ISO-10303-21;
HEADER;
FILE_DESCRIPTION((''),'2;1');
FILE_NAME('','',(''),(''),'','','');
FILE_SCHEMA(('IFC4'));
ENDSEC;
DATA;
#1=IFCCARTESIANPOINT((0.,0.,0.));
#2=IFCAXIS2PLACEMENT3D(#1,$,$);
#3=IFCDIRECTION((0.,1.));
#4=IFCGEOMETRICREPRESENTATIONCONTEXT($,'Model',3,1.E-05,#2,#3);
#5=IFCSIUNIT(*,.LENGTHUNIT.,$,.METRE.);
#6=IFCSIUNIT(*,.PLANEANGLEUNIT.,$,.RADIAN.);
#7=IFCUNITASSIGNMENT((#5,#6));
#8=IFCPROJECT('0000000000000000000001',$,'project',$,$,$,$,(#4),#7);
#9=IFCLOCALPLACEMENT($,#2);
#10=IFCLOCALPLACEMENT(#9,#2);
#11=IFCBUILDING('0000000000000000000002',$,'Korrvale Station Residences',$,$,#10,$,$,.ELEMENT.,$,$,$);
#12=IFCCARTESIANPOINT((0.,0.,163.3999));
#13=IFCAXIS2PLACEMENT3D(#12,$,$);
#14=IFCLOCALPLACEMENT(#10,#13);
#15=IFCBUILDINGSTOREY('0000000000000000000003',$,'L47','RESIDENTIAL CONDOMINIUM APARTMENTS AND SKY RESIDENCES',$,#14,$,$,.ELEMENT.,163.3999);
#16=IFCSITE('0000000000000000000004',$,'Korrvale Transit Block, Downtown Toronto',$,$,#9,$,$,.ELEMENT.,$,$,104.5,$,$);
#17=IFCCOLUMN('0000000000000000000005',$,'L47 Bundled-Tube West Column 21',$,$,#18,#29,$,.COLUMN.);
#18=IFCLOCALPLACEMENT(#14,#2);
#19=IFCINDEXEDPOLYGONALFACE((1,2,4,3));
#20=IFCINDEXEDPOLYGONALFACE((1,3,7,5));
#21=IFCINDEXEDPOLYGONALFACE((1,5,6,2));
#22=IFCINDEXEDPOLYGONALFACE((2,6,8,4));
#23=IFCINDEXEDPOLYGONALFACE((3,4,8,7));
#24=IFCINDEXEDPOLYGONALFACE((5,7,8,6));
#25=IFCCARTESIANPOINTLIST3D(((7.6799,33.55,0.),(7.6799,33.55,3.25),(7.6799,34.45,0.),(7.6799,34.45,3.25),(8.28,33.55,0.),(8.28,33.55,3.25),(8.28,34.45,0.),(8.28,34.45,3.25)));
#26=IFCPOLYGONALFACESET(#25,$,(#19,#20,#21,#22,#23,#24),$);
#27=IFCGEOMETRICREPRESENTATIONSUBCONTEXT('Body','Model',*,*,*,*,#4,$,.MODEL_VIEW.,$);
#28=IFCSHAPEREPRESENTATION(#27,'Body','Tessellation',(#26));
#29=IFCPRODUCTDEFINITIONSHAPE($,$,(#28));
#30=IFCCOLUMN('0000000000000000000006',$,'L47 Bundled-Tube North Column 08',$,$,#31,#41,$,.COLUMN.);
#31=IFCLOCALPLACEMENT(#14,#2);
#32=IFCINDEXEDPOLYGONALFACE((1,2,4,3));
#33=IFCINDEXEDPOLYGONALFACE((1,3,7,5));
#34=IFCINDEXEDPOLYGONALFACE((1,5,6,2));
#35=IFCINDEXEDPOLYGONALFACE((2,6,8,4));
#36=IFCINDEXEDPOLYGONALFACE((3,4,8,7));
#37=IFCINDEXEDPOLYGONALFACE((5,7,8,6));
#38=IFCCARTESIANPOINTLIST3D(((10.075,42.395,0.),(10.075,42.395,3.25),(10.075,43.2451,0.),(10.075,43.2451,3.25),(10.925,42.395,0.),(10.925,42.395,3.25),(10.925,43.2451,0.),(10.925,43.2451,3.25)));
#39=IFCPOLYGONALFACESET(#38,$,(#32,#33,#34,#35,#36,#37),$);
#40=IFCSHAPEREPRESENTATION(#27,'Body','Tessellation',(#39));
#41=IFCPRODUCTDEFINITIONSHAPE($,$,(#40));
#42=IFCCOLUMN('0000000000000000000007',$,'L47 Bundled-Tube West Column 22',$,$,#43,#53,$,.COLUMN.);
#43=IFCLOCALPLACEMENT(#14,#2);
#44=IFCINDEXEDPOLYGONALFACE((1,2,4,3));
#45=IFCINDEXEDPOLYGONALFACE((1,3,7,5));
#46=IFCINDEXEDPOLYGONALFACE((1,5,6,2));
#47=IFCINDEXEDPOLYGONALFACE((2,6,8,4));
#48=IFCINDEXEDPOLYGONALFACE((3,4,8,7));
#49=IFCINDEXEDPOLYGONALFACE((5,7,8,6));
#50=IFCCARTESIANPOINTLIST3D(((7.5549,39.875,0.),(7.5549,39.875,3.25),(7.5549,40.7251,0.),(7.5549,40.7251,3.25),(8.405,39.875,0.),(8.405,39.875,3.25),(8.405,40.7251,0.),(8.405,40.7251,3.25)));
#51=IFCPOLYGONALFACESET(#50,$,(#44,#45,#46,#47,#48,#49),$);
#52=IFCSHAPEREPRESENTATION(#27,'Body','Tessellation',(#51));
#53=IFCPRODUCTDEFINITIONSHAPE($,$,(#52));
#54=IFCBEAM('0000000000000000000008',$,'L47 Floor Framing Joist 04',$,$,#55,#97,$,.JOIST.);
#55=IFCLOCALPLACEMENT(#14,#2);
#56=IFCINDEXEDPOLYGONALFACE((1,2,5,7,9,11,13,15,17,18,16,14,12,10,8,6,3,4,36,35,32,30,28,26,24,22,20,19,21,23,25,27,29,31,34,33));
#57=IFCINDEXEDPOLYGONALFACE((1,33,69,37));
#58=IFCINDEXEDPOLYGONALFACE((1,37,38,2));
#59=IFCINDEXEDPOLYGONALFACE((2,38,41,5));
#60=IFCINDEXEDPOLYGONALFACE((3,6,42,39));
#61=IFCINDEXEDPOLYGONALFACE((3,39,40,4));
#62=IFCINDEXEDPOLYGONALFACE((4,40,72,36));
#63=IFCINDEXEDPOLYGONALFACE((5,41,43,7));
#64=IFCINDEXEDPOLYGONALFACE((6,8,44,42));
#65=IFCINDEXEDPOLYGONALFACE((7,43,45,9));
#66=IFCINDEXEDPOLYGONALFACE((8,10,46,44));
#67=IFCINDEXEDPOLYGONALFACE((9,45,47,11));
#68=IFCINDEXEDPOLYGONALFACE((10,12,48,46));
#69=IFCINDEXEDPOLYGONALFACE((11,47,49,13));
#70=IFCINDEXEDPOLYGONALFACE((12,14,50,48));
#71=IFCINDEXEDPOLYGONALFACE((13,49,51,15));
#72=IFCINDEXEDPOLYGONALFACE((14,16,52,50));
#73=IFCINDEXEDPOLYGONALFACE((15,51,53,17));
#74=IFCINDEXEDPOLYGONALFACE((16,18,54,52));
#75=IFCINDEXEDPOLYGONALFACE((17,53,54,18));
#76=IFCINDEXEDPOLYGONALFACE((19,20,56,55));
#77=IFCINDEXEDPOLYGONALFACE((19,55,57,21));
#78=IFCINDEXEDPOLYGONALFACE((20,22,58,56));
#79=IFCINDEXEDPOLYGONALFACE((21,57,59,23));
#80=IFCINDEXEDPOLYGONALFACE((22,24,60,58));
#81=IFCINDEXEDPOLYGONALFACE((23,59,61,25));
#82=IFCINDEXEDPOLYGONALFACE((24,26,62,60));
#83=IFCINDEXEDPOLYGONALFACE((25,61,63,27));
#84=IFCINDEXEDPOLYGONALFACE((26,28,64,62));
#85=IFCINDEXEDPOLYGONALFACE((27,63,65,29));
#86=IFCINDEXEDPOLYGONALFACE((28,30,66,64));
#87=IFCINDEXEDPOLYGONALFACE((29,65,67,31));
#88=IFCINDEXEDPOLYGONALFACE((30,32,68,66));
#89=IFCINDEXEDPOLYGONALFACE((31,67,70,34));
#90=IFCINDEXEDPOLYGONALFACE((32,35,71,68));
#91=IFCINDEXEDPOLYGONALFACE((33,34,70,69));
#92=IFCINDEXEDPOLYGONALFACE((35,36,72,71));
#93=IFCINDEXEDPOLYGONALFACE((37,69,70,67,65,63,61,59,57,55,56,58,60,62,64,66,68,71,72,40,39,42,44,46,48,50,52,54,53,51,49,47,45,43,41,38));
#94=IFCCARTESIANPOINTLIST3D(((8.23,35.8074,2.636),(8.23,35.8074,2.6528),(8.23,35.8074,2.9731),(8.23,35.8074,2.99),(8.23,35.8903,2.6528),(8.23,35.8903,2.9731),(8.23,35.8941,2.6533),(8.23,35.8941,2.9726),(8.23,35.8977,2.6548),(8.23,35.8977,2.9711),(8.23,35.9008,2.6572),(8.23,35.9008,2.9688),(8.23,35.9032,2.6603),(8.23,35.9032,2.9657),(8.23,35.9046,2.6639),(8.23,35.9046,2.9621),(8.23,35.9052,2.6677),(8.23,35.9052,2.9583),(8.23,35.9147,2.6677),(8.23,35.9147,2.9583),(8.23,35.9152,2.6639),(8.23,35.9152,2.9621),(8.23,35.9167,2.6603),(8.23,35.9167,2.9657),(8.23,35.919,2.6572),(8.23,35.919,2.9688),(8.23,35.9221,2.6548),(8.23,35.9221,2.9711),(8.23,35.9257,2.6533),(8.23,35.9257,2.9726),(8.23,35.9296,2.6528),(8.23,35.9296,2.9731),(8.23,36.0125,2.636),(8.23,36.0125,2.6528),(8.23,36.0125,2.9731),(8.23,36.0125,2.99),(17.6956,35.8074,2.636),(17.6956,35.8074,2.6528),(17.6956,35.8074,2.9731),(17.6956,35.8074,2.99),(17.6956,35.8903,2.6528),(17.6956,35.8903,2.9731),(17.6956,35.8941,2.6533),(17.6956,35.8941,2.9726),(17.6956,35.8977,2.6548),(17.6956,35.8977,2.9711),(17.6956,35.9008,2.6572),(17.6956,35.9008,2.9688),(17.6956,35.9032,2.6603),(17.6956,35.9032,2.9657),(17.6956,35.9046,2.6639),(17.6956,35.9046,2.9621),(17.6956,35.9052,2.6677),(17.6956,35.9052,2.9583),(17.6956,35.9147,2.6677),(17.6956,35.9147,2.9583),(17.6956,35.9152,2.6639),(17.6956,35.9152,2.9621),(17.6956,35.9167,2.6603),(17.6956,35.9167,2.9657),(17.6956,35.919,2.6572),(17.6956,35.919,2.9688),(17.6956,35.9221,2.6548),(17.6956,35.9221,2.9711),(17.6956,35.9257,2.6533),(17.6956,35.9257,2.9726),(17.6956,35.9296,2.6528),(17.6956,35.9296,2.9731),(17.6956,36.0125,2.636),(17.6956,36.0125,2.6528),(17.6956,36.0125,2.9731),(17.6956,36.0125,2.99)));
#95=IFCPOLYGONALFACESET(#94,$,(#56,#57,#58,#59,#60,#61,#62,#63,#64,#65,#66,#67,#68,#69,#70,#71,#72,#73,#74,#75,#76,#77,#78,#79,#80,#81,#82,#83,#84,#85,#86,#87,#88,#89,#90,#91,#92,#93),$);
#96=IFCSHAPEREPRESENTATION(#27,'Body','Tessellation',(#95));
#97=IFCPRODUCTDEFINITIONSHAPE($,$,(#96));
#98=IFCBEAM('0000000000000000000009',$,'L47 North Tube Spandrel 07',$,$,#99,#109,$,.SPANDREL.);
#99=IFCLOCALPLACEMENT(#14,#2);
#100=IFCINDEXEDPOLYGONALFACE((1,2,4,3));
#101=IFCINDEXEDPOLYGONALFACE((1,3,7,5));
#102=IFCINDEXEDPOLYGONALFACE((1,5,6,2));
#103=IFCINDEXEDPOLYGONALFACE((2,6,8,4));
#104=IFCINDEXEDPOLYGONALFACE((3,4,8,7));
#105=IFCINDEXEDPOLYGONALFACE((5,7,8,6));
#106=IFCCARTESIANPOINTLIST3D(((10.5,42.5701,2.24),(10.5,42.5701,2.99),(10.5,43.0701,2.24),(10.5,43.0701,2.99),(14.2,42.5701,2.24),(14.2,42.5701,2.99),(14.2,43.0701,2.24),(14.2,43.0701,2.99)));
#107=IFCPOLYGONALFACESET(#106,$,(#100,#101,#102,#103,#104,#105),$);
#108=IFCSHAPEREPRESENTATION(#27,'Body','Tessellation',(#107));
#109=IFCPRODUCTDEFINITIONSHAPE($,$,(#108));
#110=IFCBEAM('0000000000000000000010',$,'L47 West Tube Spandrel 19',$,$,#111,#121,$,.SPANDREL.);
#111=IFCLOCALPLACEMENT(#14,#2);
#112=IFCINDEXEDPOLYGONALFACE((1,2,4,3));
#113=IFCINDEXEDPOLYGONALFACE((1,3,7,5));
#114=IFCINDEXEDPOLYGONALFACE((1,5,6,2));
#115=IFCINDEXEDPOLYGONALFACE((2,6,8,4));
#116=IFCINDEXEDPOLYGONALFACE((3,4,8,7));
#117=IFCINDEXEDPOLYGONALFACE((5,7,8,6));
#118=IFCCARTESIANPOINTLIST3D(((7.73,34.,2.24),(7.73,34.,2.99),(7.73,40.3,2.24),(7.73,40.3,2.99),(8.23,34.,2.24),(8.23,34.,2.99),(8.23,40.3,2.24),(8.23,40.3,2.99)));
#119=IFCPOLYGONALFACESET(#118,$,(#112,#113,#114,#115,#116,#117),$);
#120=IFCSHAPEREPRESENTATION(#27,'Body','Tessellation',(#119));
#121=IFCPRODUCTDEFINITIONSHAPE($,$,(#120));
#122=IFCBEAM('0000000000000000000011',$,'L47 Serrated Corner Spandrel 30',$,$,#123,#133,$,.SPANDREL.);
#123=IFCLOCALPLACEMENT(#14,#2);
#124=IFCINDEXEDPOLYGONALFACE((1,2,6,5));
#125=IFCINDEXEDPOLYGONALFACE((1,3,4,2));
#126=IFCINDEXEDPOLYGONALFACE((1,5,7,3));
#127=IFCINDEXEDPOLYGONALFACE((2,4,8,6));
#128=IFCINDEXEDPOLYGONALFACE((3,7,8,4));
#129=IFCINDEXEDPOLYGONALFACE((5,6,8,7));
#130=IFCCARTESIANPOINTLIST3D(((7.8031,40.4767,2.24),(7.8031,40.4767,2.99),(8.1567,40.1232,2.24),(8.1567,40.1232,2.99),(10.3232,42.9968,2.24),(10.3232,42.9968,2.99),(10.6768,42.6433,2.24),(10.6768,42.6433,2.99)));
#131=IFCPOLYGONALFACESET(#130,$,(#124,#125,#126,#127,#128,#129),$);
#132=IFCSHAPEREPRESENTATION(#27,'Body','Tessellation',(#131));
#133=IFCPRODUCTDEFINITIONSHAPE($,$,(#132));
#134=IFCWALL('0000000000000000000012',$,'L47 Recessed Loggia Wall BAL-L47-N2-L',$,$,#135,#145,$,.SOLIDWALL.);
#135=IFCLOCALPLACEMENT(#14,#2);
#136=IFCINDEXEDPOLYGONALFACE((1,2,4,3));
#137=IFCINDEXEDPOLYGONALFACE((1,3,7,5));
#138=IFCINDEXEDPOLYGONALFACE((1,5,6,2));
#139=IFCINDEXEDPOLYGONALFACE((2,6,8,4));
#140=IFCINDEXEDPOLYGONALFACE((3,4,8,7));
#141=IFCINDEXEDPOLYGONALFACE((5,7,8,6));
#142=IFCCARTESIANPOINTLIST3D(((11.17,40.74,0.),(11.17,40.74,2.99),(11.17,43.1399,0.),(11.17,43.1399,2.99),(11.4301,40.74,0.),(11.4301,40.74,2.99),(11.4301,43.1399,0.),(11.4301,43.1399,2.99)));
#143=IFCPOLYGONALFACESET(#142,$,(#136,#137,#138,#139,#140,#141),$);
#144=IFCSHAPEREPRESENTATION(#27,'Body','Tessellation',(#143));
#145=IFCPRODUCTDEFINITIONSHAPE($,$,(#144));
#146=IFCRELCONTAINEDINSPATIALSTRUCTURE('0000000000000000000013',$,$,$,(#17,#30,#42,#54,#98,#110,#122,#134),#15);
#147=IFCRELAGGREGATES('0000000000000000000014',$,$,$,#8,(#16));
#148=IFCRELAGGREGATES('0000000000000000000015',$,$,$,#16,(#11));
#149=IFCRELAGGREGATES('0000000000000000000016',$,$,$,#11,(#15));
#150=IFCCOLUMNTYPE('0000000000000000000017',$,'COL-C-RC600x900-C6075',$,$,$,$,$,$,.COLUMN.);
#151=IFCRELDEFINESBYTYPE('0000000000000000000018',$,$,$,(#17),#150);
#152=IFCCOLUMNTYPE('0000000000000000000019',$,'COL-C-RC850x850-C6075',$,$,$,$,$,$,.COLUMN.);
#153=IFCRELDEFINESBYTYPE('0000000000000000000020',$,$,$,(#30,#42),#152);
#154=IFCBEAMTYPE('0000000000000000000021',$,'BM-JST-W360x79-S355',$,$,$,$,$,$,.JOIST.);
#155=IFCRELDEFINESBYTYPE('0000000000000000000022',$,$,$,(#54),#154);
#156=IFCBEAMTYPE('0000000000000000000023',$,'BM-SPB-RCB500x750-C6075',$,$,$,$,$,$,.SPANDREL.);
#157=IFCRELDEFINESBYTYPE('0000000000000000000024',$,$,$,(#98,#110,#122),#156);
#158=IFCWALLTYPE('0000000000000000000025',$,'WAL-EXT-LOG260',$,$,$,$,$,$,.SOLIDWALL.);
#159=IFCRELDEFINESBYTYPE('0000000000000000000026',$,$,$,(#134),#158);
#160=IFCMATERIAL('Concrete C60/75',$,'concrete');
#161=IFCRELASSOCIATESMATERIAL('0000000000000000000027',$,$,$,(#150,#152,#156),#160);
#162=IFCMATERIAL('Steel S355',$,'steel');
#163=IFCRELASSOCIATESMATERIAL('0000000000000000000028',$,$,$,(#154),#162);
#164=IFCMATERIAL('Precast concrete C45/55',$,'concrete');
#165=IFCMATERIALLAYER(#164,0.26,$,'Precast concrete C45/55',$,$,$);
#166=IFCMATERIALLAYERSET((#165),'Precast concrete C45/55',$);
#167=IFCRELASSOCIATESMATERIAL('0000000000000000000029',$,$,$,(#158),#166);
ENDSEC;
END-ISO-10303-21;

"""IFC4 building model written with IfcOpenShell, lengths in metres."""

from ifc_helpers import new_model, si_unit, direction, frame, frame_2d, origin, origin_2d, place, context, subcontext, project, spatial, rectangle, i_section, extrude, material, layer, layer_set, material_profile, profile_set, type_object, element, save


model = new_model("IFC4")

# Units and contexts
model_context = context("Model", 3, precision=1e-05, world=origin(), true_north=direction((0.0, 1.0)))
body_context = subcontext(model_context, "Body", "Model", "MODEL_VIEW")
ifc_project = project(units=[si_unit("LENGTHUNIT", "METRE"), si_unit("PLANEANGLEUNIT", "RADIAN")], contexts=[model_context])

# Site, building, storey
site_placement = place(None, origin())
site = spatial("IfcSite", under=ifc_project, at=site_placement, Name="Korrvale Transit Block, Downtown Toronto", CompositionType="ELEMENT", RefElevation=104.5)
building_placement = place(site_placement, origin())
building = spatial("IfcBuilding", under=site, at=building_placement, Name="Korrvale Station Residences", CompositionType="ELEMENT")
storey_placement = place(building_placement, frame((0.0, 0.0, 163.3999)))
storey = spatial("IfcBuildingStorey", under=building, at=storey_placement, Name="L47", Description="RESIDENTIAL CONDOMINIUM APARTMENTS AND SKY RESIDENCES", CompositionType="ELEMENT", Elevation=163.3999)

# Columns
ifc_material_1 = material(Name="Concrete C60/75", Category="concrete")
ifc_material_profile_1 = material_profile(ifc_material_1, rectangle(XDim=0.6001, YDim=0.8999, at=origin_2d()), Name="RC600x900")
ifc_profile_set_1 = profile_set([ifc_material_profile_1], Name="Concrete C60/75")
column_type_1 = type_object("IfcColumnType", Name="COL-C-RC600x900-C6075", PredefinedType="COLUMN", material=ifc_profile_set_1)
column_placement = place(storey_placement, frame((7.98, 34.0, 0.0), z_axis=(0.0, 0.0, 1.0), x_axis=(1.0, 0.0, 0.0)))
element("IfcColumn", 1, at=column_placement, inside=storey, type_object=column_type_1, Name="L47 Bundled-Tube West Column 21", PredefinedType="COLUMN", context=body_context, shape_type="SweptSolid", body=[
    extrude(rectangle(XDim=0.6001, YDim=0.8999, at=origin_2d()), origin(), (0.0, 0.0, 1.0), 3.25),
])
ifc_material_profile_2 = material_profile(ifc_material_1, rectangle(XDim=0.8501, YDim=0.8501, at=origin_2d()), Name="RC850x850")
ifc_profile_set_2 = profile_set([ifc_material_profile_2], Name="Concrete C60/75")
column_type_2 = type_object("IfcColumnType", Name="COL-C-RC850x850-C6075", PredefinedType="COLUMN", material=ifc_profile_set_2)
for number, where, z_axis, x_axis, name in (
    (2, (10.5, 42.8201, 0.0), (0.0, 0.0, 1.0), (1.0, 0.0, 0.0), "L47 Bundled-Tube North Column 08"),
    (3, (7.98, 40.3, 0.0), (0.0, 0.0, 1.0), (1.0, 0.0, 0.0), "L47 Bundled-Tube West Column 22"),
):
    element("IfcColumn", number, at=place(storey_placement, frame(where, z_axis=z_axis, x_axis=x_axis)), inside=storey, type_object=column_type_2, Name=name, PredefinedType="COLUMN", context=body_context, shape_type="SweptSolid", body=[
        extrude(rectangle(XDim=0.8501, YDim=0.8501, at=origin_2d()), origin(), (0.0, 0.0, 1.0), 3.25),
    ])

# Beams
ifc_material_2 = material(Name="Steel S355", Category="steel")
ifc_material_profile_3 = material_profile(ifc_material_2, i_section(OverallWidth=0.2051, OverallDepth=0.354, WebThickness=0.0095, FlangeThickness=0.0168, FilletRadius=0.0149, at=origin_2d()), Name="W360x79")
ifc_profile_set_3 = profile_set([ifc_material_profile_3], Name="Steel S355")
beam_type_1 = type_object("IfcBeamType", Name="BM-JST-W360x79-S355", PredefinedType="JOIST", material=ifc_profile_set_3)
beam_1_placement = place(storey_placement, frame((8.23, 35.9099, 2.813), z_axis=(1.0, 0.0, 0.0), x_axis=(0.0, 1.0, 0.0)))
element("IfcBeam", 4, at=beam_1_placement, inside=storey, type_object=beam_type_1, Name="L47 Floor Framing Joist 04", PredefinedType="JOIST", context=body_context, shape_type="SweptSolid", body=[
    extrude(i_section(OverallWidth=0.2051, OverallDepth=0.354, WebThickness=0.0095, FlangeThickness=0.0168, FilletRadius=0.0149, at=origin_2d()), origin(), (0.0, 0.0, 1.0), 9.4656),
])
ifc_material_profile_4 = material_profile(ifc_material_1, rectangle(XDim=0.5, YDim=0.75, at=origin_2d()), Name="RCB500x750")
ifc_profile_set_4 = profile_set([ifc_material_profile_4], Name="Concrete C60/75")
beam_type_2 = type_object("IfcBeamType", Name="BM-SPB-RCB500x750-C6075", PredefinedType="SPANDREL", material=ifc_profile_set_4)
beam_2_placement = place(storey_placement, frame((10.5, 42.8201, 2.615), z_axis=(1.0, 0.0, 0.0), x_axis=(0.0, 1.0, 0.0)))
element("IfcBeam", 5, at=beam_2_placement, inside=storey, type_object=beam_type_2, Name="L47 North Tube Spandrel 07", PredefinedType="SPANDREL", context=body_context, shape_type="SweptSolid", body=[
    extrude(rectangle(XDim=0.5, YDim=0.75, at=origin_2d()), origin(), (0.0, 0.0, 1.0), 3.7),
])
beam_3_placement = place(storey_placement, frame((7.98, 34.0, 2.615), z_axis=(0.0, 1.0, 0.0), x_axis=(-1.0, 0.0, 0.0)))
element("IfcBeam", 6, at=beam_3_placement, inside=storey, type_object=beam_type_2, Name="L47 West Tube Spandrel 19", PredefinedType="SPANDREL", context=body_context, shape_type="SweptSolid", body=[
    extrude(rectangle(XDim=0.5, YDim=0.75, at=origin_2d()), origin(), (0.0, 0.0, 1.0), 6.3),
])
beam_4_placement = place(storey_placement, frame((10.5, 42.8201, 2.615), z_axis=(-0.707107, -0.707107, 0.0), x_axis=(0.707107, -0.707107, 0.0)))
element("IfcBeam", 7, at=beam_4_placement, inside=storey, type_object=beam_type_2, Name="L47 Serrated Corner Spandrel 30", PredefinedType="SPANDREL", context=body_context, shape_type="SweptSolid", body=[
    extrude(rectangle(XDim=0.5, YDim=0.75, at=origin_2d()), origin(), (0.0, 0.0, 1.0), 3.564),
])

# Wall
ifc_material_3 = material(Name="Precast concrete C45/55", Category="concrete")
ifc_layer_1 = layer(ifc_material_3, 0.26, Name="Precast concrete C45/55")
ifc_layer_set_1 = layer_set([ifc_layer_1], Name="Precast concrete C45/55")
wall_type_1 = type_object("IfcWallType", Name="WAL-EXT-LOG260", PredefinedType="SOLIDWALL", material=ifc_layer_set_1)
wall_1_placement = place(storey_placement, frame((11.3, 43.1399, 0.0), z_axis=(0.0, 0.0, 1.0), x_axis=(0.0, -1.0, 0.0)))
element("IfcWall", 8, at=wall_1_placement, inside=storey, type_object=wall_type_1, Name="L47 Recessed Loggia Wall BAL-L47-N2-L", PredefinedType="SOLIDWALL", context=body_context, shape_type="SweptSolid", body=[
    extrude(rectangle(XDim=2.3999, YDim=0.26, at=frame_2d((1.2, 0.0))), origin(), (0.0, 0.0, 1.0), 2.99),
])

save(model, "model.ifc")
